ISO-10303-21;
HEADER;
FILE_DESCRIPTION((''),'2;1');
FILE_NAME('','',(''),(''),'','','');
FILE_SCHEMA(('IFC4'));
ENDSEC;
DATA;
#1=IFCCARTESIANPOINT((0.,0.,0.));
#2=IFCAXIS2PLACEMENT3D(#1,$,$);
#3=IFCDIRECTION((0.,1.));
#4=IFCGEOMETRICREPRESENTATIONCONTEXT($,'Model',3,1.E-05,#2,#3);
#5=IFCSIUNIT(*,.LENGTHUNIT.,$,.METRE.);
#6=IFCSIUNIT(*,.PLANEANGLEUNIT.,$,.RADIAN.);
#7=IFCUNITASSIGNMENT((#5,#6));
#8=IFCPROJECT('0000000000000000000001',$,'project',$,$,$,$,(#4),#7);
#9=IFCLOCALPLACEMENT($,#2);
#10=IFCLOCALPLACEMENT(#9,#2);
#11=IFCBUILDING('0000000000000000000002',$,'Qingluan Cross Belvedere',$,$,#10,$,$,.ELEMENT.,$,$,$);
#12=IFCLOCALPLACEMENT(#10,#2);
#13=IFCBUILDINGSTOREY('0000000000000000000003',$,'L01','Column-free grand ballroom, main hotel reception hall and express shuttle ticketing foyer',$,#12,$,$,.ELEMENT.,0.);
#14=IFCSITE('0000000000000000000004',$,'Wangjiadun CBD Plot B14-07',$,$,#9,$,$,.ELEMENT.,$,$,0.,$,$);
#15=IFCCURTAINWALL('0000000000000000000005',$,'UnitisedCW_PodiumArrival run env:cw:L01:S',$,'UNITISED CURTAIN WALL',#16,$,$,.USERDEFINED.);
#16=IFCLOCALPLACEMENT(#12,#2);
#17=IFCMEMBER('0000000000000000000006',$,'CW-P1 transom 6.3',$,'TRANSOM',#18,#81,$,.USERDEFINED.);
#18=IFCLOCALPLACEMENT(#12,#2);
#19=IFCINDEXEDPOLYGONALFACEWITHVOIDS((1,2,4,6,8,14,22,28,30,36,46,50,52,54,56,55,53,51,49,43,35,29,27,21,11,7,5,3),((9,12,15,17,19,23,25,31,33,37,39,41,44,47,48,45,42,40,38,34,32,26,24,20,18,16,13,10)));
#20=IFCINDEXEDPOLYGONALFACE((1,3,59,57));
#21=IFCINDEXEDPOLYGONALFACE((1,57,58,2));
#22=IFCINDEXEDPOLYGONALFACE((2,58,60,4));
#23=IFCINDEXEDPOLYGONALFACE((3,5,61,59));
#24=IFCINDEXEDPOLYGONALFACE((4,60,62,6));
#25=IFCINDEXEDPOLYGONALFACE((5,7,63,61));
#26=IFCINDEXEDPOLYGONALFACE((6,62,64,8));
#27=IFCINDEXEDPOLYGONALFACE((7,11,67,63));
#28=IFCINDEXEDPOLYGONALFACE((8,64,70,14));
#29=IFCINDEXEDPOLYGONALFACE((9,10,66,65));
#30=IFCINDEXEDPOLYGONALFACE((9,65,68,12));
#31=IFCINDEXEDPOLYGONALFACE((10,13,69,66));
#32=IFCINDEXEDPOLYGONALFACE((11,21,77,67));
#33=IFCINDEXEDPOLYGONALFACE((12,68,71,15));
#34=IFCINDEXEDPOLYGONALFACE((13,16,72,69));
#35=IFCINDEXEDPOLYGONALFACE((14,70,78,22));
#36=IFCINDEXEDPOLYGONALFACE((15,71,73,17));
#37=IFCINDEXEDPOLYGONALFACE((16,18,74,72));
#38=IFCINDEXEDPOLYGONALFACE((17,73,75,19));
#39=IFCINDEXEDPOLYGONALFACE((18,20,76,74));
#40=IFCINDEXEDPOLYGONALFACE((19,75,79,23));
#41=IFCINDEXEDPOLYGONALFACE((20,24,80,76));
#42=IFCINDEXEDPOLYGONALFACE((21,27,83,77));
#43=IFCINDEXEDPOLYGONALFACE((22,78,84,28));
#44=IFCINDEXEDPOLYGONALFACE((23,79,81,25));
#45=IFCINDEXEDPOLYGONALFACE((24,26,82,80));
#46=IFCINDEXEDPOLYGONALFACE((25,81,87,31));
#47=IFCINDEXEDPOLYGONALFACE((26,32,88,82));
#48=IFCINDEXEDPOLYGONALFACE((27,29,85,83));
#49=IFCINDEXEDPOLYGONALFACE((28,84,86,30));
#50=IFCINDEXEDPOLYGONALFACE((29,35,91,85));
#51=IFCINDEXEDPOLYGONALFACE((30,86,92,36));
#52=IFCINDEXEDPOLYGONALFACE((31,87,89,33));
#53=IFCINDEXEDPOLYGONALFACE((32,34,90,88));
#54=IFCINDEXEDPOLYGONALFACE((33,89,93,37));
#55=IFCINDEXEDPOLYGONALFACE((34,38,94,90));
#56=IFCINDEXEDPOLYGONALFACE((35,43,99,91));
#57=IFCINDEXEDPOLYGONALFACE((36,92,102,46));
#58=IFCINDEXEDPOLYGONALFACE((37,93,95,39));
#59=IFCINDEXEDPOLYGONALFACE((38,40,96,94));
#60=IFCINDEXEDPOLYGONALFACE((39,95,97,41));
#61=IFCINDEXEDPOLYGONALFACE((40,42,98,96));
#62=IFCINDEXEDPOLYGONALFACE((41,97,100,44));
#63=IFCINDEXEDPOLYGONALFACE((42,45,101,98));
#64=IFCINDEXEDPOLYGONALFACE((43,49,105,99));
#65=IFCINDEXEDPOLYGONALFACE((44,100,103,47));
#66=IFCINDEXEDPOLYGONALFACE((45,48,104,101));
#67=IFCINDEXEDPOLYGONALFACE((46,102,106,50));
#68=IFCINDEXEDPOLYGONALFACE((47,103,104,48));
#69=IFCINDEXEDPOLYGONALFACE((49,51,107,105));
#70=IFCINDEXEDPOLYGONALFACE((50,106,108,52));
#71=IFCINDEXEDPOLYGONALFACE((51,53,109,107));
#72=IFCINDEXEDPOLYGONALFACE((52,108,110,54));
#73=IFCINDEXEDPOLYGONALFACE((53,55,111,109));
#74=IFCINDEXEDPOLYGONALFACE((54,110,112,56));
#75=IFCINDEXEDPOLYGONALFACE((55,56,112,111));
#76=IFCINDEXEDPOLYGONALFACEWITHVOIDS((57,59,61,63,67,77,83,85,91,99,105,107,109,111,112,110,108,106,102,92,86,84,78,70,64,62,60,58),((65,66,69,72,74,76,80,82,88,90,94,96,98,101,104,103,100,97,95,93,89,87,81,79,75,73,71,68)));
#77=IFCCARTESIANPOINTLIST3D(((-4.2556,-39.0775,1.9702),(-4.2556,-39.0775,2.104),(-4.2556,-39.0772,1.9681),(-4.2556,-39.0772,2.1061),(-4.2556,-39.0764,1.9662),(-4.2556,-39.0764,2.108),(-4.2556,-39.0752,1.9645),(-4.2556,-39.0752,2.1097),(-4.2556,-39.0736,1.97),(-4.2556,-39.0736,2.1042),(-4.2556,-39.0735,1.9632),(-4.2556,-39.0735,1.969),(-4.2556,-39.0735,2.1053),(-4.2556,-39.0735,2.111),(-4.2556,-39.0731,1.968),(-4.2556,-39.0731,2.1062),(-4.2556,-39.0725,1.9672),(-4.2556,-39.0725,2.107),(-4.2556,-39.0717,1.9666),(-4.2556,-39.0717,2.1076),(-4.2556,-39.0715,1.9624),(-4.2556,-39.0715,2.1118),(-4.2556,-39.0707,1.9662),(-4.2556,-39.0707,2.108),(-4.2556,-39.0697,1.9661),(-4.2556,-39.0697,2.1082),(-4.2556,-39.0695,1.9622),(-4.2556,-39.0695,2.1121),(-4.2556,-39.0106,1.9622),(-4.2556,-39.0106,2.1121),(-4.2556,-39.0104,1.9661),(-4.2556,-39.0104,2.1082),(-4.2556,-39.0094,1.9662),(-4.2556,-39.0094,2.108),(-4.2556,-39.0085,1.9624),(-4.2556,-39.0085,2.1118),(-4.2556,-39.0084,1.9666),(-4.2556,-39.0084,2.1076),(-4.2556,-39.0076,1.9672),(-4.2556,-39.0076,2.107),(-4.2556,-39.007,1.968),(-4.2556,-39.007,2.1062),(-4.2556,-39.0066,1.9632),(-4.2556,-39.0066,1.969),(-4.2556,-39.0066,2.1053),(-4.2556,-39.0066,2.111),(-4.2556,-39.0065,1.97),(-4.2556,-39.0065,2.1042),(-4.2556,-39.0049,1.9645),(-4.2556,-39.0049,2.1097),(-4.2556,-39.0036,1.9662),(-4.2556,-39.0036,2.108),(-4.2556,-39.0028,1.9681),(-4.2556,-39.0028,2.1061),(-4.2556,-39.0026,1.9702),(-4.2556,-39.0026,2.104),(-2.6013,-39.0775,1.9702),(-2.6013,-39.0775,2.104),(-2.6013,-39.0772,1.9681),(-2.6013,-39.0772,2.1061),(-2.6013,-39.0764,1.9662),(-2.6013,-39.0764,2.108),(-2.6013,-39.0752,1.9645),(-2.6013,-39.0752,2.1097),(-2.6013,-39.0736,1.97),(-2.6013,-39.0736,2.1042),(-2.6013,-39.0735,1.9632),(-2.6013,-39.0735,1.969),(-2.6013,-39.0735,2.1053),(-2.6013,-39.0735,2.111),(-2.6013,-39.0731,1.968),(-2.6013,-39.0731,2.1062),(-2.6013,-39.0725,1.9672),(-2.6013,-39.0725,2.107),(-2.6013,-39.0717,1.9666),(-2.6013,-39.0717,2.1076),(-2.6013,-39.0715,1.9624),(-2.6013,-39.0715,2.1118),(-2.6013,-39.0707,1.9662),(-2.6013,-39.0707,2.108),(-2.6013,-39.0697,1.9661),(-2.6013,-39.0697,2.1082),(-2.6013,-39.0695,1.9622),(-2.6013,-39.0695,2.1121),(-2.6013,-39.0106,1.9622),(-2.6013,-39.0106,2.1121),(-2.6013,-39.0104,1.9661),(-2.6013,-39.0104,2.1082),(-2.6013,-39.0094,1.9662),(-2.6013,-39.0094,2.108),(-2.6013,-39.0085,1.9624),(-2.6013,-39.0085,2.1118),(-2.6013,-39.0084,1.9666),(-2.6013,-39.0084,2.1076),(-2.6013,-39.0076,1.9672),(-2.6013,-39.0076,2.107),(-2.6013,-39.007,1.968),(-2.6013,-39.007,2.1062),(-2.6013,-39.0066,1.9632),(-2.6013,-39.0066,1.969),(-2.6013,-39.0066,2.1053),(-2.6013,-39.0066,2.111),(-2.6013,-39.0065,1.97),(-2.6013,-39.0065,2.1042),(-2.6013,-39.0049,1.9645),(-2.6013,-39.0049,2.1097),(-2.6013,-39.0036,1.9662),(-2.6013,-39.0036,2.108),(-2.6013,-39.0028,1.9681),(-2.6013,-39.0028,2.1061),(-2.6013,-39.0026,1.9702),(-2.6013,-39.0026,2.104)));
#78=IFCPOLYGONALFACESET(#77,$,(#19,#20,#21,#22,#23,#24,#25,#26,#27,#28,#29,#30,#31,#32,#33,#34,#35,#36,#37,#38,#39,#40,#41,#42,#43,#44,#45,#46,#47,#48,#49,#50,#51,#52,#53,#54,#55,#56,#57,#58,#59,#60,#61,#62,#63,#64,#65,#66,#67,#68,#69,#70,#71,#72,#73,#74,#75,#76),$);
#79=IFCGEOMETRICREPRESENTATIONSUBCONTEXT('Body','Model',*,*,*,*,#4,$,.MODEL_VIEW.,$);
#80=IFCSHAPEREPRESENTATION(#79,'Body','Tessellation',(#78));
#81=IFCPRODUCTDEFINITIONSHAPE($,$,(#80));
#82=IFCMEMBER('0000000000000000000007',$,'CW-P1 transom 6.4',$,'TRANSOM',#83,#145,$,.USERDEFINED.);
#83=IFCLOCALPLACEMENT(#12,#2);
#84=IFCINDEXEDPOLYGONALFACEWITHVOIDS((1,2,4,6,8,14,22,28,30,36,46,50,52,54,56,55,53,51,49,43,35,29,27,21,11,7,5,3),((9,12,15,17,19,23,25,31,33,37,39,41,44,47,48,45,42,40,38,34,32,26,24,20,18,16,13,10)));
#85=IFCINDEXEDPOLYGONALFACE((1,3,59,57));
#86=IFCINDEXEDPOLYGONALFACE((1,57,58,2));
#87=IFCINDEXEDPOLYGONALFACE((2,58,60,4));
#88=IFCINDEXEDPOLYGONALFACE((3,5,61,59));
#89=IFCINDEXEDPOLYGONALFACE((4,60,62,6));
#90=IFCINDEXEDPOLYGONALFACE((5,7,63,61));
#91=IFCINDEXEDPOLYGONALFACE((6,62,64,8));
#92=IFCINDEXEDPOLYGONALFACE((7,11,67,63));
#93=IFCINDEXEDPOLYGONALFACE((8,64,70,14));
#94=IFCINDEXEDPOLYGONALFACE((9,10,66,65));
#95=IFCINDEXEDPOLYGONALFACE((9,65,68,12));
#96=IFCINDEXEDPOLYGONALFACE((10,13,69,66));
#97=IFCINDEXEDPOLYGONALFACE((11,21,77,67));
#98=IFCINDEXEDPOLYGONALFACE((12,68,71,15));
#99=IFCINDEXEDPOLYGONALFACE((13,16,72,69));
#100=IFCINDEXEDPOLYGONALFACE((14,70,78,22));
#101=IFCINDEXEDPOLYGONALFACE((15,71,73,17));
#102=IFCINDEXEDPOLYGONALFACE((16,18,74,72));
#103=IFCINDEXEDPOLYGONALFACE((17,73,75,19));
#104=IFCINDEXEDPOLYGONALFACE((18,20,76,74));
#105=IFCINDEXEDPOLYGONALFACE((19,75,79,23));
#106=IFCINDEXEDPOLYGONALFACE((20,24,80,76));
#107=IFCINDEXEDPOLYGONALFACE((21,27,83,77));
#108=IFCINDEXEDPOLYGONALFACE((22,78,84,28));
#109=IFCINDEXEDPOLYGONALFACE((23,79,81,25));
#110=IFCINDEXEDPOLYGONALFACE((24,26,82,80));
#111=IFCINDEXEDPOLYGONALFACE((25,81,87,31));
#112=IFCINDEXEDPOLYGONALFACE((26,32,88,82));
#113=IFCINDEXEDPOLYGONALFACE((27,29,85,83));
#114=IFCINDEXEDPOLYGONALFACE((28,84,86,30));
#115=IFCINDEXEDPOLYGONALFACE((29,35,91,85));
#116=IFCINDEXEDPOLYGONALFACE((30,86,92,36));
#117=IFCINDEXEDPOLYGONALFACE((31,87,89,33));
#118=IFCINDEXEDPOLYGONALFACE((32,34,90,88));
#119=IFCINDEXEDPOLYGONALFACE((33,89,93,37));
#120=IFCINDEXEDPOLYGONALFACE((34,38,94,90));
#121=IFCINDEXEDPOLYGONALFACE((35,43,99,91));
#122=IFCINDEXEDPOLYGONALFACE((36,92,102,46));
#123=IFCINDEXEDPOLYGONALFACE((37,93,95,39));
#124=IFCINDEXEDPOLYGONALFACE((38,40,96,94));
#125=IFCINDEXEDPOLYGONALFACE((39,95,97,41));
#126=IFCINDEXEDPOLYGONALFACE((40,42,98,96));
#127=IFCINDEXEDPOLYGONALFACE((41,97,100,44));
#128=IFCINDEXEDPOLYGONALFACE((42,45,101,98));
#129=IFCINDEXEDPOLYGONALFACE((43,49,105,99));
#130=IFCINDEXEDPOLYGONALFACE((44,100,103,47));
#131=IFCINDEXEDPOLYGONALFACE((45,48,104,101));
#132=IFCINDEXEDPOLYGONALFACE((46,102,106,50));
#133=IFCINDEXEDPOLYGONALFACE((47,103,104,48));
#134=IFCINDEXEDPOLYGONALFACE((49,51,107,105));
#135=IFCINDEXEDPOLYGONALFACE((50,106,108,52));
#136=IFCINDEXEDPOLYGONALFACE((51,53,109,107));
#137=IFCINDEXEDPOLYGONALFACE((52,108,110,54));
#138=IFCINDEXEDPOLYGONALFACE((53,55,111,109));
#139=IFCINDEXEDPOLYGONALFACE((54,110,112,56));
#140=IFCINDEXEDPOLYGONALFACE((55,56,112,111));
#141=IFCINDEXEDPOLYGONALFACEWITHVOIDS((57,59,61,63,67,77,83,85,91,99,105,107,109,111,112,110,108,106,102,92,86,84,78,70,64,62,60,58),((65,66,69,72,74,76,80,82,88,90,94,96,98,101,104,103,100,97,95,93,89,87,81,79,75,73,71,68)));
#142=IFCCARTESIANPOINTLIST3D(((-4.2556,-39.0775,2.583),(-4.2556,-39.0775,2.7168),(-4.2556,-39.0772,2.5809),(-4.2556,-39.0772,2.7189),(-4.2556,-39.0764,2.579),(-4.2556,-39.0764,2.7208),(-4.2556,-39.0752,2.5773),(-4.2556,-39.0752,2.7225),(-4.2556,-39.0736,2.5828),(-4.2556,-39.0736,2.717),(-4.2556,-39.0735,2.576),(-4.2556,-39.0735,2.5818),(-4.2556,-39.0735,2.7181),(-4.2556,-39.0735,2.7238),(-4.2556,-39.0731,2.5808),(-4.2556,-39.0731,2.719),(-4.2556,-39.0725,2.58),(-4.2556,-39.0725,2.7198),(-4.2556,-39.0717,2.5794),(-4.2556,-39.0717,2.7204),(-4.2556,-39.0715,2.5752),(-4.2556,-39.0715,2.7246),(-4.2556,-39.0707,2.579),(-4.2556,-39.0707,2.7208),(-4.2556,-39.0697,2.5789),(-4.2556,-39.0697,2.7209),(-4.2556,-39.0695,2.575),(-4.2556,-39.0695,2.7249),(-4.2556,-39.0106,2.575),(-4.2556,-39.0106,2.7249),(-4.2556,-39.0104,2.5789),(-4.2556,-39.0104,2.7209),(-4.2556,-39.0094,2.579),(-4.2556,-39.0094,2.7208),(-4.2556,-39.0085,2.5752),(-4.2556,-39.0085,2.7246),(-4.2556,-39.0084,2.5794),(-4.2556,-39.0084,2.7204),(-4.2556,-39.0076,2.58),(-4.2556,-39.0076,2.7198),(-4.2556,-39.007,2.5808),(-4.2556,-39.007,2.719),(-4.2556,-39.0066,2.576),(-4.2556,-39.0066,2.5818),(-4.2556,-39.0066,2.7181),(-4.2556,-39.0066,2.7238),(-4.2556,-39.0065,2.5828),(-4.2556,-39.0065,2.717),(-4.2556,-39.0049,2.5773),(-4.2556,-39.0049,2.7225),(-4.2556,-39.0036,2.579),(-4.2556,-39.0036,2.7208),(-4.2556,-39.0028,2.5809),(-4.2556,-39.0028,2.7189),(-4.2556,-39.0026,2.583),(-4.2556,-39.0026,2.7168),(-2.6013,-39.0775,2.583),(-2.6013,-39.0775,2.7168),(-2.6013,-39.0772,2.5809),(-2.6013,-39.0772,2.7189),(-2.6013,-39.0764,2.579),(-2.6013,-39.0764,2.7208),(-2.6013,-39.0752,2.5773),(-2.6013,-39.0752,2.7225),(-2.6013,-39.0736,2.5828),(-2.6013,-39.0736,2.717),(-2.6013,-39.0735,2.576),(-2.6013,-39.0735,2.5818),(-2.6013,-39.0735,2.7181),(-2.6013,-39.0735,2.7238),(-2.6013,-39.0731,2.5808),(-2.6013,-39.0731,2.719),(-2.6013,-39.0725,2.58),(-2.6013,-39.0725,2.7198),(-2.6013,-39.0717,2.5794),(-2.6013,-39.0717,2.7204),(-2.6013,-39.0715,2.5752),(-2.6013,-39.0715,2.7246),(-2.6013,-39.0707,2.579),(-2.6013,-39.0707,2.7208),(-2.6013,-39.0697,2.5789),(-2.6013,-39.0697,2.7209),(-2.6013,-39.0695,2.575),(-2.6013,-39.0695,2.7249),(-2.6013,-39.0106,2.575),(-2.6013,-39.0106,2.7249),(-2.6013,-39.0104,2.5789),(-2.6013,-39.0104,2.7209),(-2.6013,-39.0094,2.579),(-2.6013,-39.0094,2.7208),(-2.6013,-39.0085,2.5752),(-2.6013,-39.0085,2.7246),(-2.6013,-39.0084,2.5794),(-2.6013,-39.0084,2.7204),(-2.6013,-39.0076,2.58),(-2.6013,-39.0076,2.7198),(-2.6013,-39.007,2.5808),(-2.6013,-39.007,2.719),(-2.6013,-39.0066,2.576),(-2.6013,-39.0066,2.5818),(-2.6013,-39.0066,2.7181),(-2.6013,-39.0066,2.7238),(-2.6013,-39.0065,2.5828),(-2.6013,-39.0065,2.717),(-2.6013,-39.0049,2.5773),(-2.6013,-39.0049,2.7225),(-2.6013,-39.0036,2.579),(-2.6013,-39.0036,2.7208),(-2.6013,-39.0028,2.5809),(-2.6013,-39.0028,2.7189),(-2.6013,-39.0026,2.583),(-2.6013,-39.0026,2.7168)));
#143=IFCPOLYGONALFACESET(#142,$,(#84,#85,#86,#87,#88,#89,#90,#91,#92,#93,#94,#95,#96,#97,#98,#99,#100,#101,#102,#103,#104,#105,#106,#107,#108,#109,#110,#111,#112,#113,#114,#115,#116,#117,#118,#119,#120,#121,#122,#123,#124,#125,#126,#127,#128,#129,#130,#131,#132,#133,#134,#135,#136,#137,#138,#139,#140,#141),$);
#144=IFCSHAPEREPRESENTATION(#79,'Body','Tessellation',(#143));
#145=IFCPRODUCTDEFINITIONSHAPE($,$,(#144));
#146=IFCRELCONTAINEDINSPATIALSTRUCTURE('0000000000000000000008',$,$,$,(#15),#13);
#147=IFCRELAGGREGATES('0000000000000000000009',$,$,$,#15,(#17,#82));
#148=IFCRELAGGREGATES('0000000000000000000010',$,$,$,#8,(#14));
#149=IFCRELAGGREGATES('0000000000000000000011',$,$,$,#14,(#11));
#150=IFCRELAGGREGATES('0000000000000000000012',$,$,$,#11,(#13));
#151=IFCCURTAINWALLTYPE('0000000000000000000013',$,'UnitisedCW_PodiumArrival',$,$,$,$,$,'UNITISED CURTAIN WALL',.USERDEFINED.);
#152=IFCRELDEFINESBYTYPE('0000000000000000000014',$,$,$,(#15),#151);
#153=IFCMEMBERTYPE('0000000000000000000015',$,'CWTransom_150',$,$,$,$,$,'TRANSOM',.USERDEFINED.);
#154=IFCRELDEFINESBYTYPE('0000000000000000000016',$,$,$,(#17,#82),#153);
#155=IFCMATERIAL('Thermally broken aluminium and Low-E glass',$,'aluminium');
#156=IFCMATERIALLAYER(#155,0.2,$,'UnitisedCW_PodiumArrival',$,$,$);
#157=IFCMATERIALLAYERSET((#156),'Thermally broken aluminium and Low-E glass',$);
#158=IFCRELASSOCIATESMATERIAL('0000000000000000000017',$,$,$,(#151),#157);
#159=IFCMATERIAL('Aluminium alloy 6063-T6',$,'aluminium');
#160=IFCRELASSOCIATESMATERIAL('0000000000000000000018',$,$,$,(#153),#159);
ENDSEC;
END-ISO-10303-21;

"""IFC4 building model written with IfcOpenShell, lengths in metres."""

from ifc_helpers import new_model, si_unit, direction, frame, origin, origin_2d, place, context, subcontext, project, spatial, hollow_rectangle, extrude, material, layer, layer_set, material_profile, profile_set, type_object, element, aggregate, save


model = new_model("IFC4")

# Units and contexts
model_context = context("Model", 3, precision=1e-05, world=origin(), true_north=direction((0.0, 1.0)))
body_context = subcontext(model_context, "Body", "Model", "MODEL_VIEW")
ifc_project = project(units=[si_unit("LENGTHUNIT", "METRE"), si_unit("PLANEANGLEUNIT", "RADIAN")], contexts=[model_context])

# Site, building, storey
site_placement = place(None, origin())
site = spatial("IfcSite", under=ifc_project, at=site_placement, Name="Wangjiadun CBD Plot B14-07", CompositionType="ELEMENT", RefElevation=0.0)
building_placement = place(site_placement, origin())
building = spatial("IfcBuilding", under=site, at=building_placement, Name="Qingluan Cross Belvedere", CompositionType="ELEMENT")
storey_placement = place(building_placement, origin())
storey = spatial("IfcBuildingStorey", under=building, at=storey_placement, Name="L01", Description="Column-free grand ballroom, main hotel reception hall and express shuttle ticketing foyer", CompositionType="ELEMENT", Elevation=0.0)

# Curtain wall, members
ifc_material_1 = material(Name="Thermally broken aluminium and Low-E glass", Category="aluminium")
ifc_layer_1 = layer(ifc_material_1, 0.2, Name="UnitisedCW_PodiumArrival")
ifc_layer_set_1 = layer_set([ifc_layer_1], Name="Thermally broken aluminium and Low-E glass")
curtain_wall_type = type_object("IfcCurtainWallType", Name="UnitisedCW_PodiumArrival", ElementType="UNITISED CURTAIN WALL", PredefinedType="USERDEFINED", material=ifc_layer_set_1)
curtain_wall_placement = place(storey_placement, origin())
curtain_wall = element("IfcCurtainWall", 1, at=curtain_wall_placement, inside=storey, type_object=curtain_wall_type, Name="UnitisedCW_PodiumArrival run env:cw:L01:S", ObjectType="UNITISED CURTAIN WALL", PredefinedType="USERDEFINED")
ifc_material_2 = material(Name="Aluminium alloy 6063-T6", Category="aluminium")
ifc_material_profile_1 = material_profile(ifc_material_2, hollow_rectangle(XDim=0.075, YDim=0.1499, WallThickness=0.0039, InnerFilletRadius=0.0039, OuterFilletRadius=0.0081, at=origin_2d()), Name="CWT150x75x4")
ifc_profile_set_1 = profile_set([ifc_material_profile_1], Name="Aluminium alloy 6063-T6")
member_type_1 = type_object("IfcMemberType", Name="CWTransom_150", ElementType="TRANSOM", PredefinedType="USERDEFINED", material=ifc_profile_set_1)
member_1_placement = place(storey_placement, frame((-2.6013, -39.04, 2.0371), z_axis=(-1.0, 0.0, 0.0), x_axis=(0.0, -1.0, 0.0)))
member_1 = element("IfcMember", 2, at=member_1_placement, type_object=member_type_1, Name="CW-P1 transom 6.3", ObjectType="TRANSOM", PredefinedType="USERDEFINED", context=body_context, shape_type="SweptSolid", body=[
    extrude(hollow_rectangle(XDim=0.075, YDim=0.1499, WallThickness=0.0039, InnerFilletRadius=0.0039, OuterFilletRadius=0.0081, at=origin_2d()), origin(), (0.0, 0.0, 1.0), 1.6543),
])
member_2_placement = place(storey_placement, frame((-2.6013, -39.04, 2.6499), z_axis=(-1.0, 0.0, 0.0), x_axis=(0.0, -1.0, 0.0)))
member_2 = element("IfcMember", 3, at=member_2_placement, type_object=member_type_1, Name="CW-P1 transom 6.4", ObjectType="TRANSOM", PredefinedType="USERDEFINED", context=body_context, shape_type="SweptSolid", body=[
    extrude(hollow_rectangle(XDim=0.075, YDim=0.1499, WallThickness=0.0039, InnerFilletRadius=0.0039, OuterFilletRadius=0.0081, at=origin_2d()), origin(), (0.0, 0.0, 1.0), 1.6543),
])

aggregate(curtain_wall, [member_1, member_2])

save(model, "model.ifc")
